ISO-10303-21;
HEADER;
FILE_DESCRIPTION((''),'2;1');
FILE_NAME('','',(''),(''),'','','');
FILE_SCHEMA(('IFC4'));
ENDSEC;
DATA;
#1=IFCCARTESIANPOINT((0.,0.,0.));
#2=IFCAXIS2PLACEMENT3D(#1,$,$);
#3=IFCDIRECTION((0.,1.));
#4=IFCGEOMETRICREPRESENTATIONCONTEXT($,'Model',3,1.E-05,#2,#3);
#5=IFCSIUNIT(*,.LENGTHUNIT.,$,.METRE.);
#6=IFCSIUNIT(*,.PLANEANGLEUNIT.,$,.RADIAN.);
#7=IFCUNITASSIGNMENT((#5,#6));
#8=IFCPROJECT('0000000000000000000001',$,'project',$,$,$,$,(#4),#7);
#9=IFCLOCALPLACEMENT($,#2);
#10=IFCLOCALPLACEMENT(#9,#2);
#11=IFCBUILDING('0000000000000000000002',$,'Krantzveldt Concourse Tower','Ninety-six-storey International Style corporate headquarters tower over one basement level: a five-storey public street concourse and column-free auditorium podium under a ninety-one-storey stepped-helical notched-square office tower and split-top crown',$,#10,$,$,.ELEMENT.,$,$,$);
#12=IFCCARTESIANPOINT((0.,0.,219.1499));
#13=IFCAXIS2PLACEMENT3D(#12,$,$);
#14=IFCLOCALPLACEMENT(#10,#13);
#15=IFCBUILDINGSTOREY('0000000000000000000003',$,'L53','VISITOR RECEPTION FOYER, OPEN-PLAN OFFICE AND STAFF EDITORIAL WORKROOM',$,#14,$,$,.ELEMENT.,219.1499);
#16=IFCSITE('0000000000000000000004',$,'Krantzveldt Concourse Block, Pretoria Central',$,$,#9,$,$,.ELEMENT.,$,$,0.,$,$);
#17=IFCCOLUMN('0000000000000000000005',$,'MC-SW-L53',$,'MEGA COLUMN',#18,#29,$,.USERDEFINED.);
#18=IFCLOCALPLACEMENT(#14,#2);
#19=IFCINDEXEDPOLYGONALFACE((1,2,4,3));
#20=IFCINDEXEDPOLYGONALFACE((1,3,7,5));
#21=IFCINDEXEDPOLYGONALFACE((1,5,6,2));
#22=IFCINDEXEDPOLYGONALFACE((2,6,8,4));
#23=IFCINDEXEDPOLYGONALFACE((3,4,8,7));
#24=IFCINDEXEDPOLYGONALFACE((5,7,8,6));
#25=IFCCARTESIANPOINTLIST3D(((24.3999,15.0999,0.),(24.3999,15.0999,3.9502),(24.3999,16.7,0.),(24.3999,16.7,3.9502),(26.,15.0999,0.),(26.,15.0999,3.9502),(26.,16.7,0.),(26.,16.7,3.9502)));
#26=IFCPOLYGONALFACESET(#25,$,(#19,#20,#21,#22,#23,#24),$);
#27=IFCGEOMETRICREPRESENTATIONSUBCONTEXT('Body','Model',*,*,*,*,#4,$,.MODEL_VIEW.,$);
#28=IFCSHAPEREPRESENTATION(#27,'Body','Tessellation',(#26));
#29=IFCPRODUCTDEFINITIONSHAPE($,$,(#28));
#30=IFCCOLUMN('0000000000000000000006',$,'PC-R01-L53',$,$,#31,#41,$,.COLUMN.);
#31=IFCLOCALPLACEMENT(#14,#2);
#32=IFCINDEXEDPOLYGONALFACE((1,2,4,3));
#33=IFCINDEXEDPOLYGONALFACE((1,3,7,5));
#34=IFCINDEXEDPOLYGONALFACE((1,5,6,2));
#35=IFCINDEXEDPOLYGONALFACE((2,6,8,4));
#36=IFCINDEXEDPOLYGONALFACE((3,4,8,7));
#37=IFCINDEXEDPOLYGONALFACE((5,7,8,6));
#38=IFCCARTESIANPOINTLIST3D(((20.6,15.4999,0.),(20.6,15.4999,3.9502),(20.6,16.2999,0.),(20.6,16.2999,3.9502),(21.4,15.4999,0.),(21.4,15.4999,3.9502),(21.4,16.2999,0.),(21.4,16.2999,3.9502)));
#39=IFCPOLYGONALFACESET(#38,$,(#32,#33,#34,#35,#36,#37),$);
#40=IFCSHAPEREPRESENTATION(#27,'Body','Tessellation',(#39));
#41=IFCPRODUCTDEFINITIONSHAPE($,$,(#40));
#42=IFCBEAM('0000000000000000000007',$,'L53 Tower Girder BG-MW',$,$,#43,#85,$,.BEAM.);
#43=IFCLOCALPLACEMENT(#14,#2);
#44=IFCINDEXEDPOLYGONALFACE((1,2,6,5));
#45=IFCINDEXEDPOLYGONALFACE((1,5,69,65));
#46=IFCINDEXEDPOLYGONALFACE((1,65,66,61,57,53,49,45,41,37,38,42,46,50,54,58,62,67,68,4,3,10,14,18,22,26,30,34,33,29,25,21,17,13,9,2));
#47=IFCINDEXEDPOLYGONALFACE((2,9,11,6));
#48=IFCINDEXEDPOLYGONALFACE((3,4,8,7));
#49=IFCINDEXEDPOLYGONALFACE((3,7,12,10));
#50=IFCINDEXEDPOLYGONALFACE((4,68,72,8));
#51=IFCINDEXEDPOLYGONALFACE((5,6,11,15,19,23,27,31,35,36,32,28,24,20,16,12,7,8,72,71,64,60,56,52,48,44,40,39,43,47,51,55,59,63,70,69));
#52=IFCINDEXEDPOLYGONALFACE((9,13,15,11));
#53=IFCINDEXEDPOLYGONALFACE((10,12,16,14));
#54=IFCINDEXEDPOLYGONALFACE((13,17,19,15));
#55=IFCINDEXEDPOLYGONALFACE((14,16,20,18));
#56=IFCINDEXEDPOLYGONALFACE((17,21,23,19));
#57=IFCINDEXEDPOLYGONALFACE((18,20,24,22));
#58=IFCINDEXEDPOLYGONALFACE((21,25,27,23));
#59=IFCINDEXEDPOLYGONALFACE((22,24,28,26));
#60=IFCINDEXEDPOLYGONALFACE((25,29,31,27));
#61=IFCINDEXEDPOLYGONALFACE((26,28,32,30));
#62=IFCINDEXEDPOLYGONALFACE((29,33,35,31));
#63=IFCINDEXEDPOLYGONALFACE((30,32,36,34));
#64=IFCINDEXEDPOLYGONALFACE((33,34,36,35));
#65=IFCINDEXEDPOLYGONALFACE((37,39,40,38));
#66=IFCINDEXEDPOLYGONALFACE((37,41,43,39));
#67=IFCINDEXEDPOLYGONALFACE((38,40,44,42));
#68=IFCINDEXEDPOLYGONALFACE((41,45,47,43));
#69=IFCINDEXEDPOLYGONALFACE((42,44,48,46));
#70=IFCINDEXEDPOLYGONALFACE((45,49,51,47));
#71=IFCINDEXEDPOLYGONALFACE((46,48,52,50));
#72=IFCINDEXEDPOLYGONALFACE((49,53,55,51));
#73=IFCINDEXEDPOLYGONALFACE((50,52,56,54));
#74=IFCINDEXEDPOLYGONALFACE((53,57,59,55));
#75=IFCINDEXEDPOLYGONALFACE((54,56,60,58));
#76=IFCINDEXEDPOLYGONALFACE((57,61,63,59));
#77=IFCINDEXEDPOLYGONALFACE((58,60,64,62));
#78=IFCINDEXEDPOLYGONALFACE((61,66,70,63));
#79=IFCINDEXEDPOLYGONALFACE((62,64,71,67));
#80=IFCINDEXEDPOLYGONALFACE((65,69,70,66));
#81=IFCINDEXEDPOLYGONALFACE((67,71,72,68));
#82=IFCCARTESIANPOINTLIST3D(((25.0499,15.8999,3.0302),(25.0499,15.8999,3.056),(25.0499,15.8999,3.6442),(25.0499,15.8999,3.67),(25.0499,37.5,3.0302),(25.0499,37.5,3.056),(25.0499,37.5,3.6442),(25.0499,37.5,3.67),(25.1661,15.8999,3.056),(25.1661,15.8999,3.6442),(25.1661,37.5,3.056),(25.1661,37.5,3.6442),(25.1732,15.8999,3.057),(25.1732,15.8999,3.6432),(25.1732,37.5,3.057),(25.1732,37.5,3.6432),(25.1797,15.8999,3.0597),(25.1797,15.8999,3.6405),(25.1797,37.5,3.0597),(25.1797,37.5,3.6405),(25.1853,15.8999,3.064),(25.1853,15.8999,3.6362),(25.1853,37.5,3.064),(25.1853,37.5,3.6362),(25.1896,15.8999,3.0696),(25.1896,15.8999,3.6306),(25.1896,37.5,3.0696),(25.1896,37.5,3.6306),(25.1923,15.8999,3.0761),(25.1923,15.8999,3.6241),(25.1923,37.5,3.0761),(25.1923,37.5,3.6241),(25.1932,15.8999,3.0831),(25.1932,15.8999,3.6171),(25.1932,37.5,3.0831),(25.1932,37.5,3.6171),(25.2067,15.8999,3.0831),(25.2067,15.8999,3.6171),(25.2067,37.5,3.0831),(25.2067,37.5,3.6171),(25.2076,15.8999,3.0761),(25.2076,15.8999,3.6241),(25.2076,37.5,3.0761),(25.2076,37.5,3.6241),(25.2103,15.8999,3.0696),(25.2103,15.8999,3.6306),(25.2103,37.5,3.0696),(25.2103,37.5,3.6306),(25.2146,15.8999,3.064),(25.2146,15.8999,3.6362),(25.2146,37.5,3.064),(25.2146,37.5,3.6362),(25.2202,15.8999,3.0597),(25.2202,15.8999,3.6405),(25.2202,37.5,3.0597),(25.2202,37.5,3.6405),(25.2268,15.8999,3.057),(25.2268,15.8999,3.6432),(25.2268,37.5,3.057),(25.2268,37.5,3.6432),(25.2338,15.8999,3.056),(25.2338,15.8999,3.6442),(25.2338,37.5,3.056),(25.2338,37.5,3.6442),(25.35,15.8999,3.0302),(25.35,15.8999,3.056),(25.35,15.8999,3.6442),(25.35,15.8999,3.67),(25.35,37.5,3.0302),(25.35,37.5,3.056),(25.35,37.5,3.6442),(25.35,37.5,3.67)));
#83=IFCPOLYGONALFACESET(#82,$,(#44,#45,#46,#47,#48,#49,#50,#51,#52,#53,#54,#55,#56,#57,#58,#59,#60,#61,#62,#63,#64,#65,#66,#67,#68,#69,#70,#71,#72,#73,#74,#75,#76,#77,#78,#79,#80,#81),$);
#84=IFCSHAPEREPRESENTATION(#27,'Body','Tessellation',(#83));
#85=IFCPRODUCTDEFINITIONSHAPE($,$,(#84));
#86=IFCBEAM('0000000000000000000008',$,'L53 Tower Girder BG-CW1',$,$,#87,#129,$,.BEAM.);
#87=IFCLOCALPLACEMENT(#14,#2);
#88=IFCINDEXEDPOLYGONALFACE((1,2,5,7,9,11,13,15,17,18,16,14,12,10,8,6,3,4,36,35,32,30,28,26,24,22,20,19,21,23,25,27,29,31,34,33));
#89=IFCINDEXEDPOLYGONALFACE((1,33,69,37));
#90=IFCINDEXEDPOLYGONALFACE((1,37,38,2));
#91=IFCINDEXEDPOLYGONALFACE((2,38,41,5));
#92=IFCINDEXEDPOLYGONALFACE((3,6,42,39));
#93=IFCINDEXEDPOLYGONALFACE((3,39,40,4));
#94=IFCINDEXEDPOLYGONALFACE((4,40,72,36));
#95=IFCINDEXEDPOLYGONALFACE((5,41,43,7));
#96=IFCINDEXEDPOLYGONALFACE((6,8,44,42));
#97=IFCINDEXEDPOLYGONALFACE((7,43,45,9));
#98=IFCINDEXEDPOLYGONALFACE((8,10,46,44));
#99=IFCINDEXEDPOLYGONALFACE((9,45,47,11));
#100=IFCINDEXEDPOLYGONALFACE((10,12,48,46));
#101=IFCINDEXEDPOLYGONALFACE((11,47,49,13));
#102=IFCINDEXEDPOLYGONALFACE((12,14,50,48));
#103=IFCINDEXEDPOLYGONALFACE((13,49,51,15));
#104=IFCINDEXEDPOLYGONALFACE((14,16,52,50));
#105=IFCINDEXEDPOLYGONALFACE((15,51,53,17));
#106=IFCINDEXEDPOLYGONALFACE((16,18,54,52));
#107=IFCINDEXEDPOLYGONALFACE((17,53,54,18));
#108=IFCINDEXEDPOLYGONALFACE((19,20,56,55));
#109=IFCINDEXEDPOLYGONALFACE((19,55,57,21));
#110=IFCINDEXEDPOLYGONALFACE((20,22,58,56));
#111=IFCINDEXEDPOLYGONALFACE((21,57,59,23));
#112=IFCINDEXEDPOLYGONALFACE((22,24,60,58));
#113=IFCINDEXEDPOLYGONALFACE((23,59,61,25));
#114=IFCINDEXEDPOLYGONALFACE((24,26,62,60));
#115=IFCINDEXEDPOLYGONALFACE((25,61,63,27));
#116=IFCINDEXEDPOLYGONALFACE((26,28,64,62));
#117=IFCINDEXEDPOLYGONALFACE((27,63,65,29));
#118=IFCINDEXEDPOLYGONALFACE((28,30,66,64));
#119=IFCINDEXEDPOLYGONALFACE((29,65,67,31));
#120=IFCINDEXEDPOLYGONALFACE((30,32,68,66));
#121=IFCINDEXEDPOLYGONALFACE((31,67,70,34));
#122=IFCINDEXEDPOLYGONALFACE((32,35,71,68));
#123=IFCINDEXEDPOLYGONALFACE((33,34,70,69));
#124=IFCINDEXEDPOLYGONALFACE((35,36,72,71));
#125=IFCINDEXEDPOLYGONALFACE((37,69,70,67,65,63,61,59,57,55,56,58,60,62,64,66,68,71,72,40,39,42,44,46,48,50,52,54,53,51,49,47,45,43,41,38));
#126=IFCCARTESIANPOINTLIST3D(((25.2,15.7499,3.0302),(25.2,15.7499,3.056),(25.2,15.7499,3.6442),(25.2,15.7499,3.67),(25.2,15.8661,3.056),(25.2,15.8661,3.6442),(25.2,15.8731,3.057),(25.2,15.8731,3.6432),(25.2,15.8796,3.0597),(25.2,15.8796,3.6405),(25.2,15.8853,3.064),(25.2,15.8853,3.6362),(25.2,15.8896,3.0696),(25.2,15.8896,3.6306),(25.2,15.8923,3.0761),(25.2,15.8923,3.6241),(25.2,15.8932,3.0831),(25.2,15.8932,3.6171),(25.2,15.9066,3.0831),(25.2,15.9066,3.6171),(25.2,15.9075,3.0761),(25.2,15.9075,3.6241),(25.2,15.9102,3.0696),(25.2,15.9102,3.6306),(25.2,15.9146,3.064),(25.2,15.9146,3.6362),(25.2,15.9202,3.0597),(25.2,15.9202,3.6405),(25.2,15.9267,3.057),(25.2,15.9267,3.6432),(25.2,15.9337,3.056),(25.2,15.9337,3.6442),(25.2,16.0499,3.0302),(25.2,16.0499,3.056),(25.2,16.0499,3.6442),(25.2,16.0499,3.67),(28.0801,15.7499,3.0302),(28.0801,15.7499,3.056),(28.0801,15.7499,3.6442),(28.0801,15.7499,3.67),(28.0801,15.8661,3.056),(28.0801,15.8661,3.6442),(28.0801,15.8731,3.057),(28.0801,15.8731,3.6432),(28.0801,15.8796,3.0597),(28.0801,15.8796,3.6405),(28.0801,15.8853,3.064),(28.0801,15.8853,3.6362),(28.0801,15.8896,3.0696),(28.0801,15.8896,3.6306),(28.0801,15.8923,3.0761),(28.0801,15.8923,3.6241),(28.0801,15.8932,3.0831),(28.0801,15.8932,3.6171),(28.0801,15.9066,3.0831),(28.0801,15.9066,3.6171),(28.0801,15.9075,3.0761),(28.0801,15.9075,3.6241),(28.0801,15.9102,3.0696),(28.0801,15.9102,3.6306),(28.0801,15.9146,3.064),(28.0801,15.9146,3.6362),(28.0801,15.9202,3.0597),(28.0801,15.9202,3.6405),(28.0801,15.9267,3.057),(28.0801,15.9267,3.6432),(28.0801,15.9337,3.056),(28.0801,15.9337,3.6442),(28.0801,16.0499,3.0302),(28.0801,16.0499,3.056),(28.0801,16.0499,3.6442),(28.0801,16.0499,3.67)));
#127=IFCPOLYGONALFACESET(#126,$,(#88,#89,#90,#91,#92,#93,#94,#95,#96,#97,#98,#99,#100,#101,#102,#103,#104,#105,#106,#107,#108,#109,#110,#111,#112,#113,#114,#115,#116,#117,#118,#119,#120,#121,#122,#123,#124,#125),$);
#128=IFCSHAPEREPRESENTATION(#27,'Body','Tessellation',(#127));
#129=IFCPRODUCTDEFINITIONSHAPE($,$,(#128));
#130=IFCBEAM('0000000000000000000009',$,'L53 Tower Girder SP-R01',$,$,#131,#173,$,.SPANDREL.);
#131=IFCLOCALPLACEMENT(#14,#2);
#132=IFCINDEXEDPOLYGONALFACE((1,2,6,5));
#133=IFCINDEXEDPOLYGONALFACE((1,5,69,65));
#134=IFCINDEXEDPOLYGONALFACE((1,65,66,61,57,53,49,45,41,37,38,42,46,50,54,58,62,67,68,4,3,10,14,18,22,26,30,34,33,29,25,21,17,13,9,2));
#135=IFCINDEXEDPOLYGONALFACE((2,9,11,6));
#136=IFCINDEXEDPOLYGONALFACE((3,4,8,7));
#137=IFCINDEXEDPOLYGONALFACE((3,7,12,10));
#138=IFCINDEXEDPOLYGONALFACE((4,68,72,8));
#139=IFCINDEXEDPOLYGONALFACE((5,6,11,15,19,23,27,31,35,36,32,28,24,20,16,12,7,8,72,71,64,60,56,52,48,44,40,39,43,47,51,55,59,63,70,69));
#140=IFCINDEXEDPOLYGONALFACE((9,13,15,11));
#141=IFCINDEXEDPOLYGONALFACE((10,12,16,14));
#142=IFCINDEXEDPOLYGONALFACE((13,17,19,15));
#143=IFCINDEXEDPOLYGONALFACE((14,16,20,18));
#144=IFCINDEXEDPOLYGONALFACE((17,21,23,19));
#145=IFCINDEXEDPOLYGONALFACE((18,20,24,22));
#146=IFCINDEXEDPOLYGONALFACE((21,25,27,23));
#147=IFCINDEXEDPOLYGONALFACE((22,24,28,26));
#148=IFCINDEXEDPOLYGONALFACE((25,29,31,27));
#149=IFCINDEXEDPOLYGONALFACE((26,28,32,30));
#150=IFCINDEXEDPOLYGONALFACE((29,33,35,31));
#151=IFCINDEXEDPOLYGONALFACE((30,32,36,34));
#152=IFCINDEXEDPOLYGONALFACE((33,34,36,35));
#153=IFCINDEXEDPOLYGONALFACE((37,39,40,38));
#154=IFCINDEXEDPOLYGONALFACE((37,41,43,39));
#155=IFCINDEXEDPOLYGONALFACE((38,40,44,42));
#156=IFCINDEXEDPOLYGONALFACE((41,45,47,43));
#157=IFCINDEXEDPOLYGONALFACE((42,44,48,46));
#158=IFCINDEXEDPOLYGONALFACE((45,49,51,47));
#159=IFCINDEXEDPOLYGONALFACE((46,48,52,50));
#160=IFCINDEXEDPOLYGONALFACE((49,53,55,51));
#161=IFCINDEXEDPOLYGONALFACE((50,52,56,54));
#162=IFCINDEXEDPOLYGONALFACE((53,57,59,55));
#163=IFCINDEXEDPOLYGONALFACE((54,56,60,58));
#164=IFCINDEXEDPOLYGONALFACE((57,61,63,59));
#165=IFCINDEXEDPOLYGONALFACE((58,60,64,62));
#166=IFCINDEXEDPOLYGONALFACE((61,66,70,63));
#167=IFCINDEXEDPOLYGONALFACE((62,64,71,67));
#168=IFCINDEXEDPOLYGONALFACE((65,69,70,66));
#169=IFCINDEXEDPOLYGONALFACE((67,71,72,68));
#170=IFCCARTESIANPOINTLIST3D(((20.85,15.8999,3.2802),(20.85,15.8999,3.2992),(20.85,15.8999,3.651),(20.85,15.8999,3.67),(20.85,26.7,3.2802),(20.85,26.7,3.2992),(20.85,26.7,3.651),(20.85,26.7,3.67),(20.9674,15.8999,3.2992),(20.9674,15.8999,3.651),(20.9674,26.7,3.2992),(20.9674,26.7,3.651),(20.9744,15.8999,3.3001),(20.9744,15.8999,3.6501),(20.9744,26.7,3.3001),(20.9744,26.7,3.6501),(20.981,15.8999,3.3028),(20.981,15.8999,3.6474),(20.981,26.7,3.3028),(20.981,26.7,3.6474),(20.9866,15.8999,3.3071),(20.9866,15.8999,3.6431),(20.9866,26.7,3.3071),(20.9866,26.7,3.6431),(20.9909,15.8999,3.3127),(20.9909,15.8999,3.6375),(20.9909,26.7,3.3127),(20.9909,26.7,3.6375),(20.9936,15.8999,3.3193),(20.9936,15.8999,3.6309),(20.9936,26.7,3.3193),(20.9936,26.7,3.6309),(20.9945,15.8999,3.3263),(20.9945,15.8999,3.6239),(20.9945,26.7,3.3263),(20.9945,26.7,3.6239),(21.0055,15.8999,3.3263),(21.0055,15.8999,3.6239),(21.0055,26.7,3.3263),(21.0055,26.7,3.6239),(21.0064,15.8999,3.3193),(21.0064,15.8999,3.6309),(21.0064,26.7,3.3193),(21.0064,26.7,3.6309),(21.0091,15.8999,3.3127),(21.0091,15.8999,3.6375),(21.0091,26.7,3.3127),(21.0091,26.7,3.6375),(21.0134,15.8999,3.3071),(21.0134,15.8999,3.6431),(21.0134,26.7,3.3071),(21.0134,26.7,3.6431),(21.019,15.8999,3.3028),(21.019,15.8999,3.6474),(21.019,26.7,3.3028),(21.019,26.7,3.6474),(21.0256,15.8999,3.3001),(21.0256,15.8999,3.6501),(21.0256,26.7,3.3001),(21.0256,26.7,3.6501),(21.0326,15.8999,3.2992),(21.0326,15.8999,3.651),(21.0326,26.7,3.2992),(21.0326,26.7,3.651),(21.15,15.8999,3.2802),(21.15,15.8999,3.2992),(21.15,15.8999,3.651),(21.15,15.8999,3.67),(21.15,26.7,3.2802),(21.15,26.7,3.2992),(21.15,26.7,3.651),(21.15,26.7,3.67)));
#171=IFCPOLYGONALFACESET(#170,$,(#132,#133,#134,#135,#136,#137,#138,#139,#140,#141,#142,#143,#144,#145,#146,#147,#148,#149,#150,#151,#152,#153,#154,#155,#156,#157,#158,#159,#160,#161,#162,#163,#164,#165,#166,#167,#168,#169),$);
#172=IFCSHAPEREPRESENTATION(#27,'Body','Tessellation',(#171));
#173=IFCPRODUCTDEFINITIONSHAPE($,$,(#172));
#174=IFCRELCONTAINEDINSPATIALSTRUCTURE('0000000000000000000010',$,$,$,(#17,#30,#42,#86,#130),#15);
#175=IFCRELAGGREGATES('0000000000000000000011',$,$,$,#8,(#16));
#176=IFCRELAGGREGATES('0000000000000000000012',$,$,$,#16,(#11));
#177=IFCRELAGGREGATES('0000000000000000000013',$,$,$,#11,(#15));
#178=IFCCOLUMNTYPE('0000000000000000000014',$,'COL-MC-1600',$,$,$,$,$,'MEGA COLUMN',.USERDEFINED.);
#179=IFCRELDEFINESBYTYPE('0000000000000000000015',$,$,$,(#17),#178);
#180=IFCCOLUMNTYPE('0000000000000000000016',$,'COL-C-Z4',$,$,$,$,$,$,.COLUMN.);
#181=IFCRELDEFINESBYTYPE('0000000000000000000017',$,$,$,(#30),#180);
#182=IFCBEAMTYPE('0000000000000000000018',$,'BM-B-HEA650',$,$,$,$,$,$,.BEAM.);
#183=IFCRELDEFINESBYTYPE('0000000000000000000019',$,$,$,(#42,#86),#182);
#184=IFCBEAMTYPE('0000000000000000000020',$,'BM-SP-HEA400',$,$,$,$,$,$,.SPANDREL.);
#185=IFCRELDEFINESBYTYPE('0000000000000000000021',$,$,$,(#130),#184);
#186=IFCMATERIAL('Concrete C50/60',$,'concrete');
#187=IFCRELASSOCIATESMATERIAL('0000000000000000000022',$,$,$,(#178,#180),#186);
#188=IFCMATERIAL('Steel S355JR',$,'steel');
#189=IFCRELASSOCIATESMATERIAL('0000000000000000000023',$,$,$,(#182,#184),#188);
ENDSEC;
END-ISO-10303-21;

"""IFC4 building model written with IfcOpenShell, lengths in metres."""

from ifc_helpers import new_model, si_unit, direction, frame, origin, origin_2d, place, context, subcontext, project, spatial, rectangle, i_section, extrude, source, transform, mapped, material, material_profile, profile_set, type_object, type_shapes, element, save


model = new_model("IFC4")

# Units and contexts
model_context = context("Model", 3, precision=1e-05, world=origin(), true_north=direction((0.0, 1.0)))
body_context = subcontext(model_context, "Body", "Model", "MODEL_VIEW")
ifc_project = project(units=[si_unit("LENGTHUNIT", "METRE"), si_unit("PLANEANGLEUNIT", "RADIAN")], contexts=[model_context])

# Site, building, storey
site_placement = place(None, origin())
site = spatial("IfcSite", under=ifc_project, at=site_placement, Name="Krantzveldt Concourse Block, Pretoria Central", CompositionType="ELEMENT", RefElevation=0.0)
building_placement = place(site_placement, origin())
building = spatial("IfcBuilding", under=site, at=building_placement, Name="Krantzveldt Concourse Tower", Description="Ninety-six-storey International Style corporate headquarters tower over one basement level: a five-storey public street concourse and column-free auditorium podium under a ninety-one-storey stepped-helical notched-square office tower and split-top crown", CompositionType="ELEMENT")
storey_placement = place(building_placement, frame((0.0, 0.0, 219.1499)))
storey = spatial("IfcBuildingStorey", under=building, at=storey_placement, Name="L53", Description="VISITOR RECEPTION FOYER, OPEN-PLAN OFFICE AND STAFF EDITORIAL WORKROOM", CompositionType="ELEMENT", Elevation=219.1499)

# Columns
ifc_material_1 = material(Name="Concrete C50/60", Category="concrete")
ifc_material_profile_1 = material_profile(ifc_material_1, rectangle(XDim=1.6001, YDim=1.6001, at=origin_2d()), Name="Concrete C50/60", Category="concrete")
ifc_profile_set_1 = profile_set([ifc_material_profile_1], Name="Concrete C50/60 - RC 1600x1600")
column_type_1 = type_object("IfcColumnType", Name="COL-MC-1600", ElementType="MEGA COLUMN", PredefinedType="USERDEFINED", material=ifc_profile_set_1)
shared_shape_1 = source(origin(), body_context, "Body", "SweptSolid", [
    extrude(rectangle(XDim=1.6001, YDim=1.6001, at=origin_2d()), origin(), (0.0, 0.0, 1.0), 3.9502),
])
type_shapes(column_type_1, [shared_shape_1])
column_1_placement = place(storey_placement, frame((25.2, 15.8999, 0.0), z_axis=(0.0, 0.0, 1.0), x_axis=(1.0, 0.0, 0.0)))
element("IfcColumn", 1, at=column_1_placement, inside=storey, type_object=column_type_1, Name="MC-SW-L53", ObjectType="MEGA COLUMN", PredefinedType="USERDEFINED", context=body_context, shape_type="MappedRepresentation", body=[
    mapped(shared_shape_1, transform((0.0, 0.0, 0.0), x_axis=(1.0, 0.0, 0.0), y_axis=(0.0, 1.0, 0.0), z_axis=(0.0, 0.0, 1.0), scale=1.0)),
])
ifc_material_profile_2 = material_profile(ifc_material_1, rectangle(XDim=0.8, YDim=0.8, at=origin_2d()), Name="Concrete C50/60", Category="concrete")
ifc_profile_set_2 = profile_set([ifc_material_profile_2], Name="Concrete C50/60 - RC 800x800")
column_type_2 = type_object("IfcColumnType", Name="COL-C-Z4", PredefinedType="COLUMN", material=ifc_profile_set_2)
shared_shape_2 = source(origin(), body_context, "Body", "SweptSolid", [
    extrude(rectangle(XDim=0.8, YDim=0.8, at=origin_2d()), origin(), (0.0, 0.0, 1.0), 3.9502),
])
type_shapes(column_type_2, [shared_shape_2])
column_2_placement = place(storey_placement, frame((21.0, 15.8999, 0.0), z_axis=(0.0, 0.0, 1.0), x_axis=(1.0, 0.0, 0.0)))
element("IfcColumn", 2, at=column_2_placement, inside=storey, type_object=column_type_2, Name="PC-R01-L53", PredefinedType="COLUMN", context=body_context, shape_type="MappedRepresentation", body=[
    mapped(shared_shape_2, transform((0.0, 0.0, 0.0), x_axis=(1.0, 0.0, 0.0), y_axis=(0.0, 1.0, 0.0), z_axis=(0.0, 0.0, 1.0), scale=1.0)),
])

# Beams
ifc_material_2 = material(Name="Steel S355JR", Category="steel")
ifc_material_profile_3 = material_profile(ifc_material_2, i_section(OverallWidth=0.3, OverallDepth=0.6399, WebThickness=0.0134, FlangeThickness=0.0259, FilletRadius=0.0271, at=origin_2d()), Name="Steel S355JR", Category="steel")
ifc_profile_set_3 = profile_set([ifc_material_profile_3], Name="Steel S355JR - HEA 650")
beam_type_1 = type_object("IfcBeamType", Name="BM-B-HEA650", PredefinedType="BEAM", material=ifc_profile_set_3)
shared_shape_3 = source(origin(), body_context, "Body", "SweptSolid", [
    extrude(i_section(OverallWidth=0.3, OverallDepth=0.6399, WebThickness=0.0134, FlangeThickness=0.0259, FilletRadius=0.0271, at=origin_2d()), origin(), (0.0, 0.0, 1.0), 21.6001),
])
beam_1_placement = place(storey_placement, frame((25.2, 15.8999, 3.3501), z_axis=(0.0, 1.0, 0.0), x_axis=(-1.0, 0.0, 0.0)))
element("IfcBeam", 3, at=beam_1_placement, inside=storey, type_object=beam_type_1, Name="L53 Tower Girder BG-MW", PredefinedType="BEAM", context=body_context, shape_type="MappedRepresentation", body=[
    mapped(shared_shape_3, transform((0.0, 0.0, 0.0), x_axis=(1.0, 0.0, 0.0), y_axis=(0.0, 1.0, 0.0), z_axis=(0.0, 0.0, 1.0), scale=1.0)),
])
shared_shape_4 = source(origin(), body_context, "Body", "SweptSolid", [
    extrude(i_section(OverallWidth=0.3, OverallDepth=0.6399, WebThickness=0.0134, FlangeThickness=0.0259, FilletRadius=0.0271, at=origin_2d()), origin(), (0.0, 0.0, 1.0), 2.8801),
])
type_shapes(beam_type_1, [shared_shape_3, shared_shape_4])
beam_2_placement = place(storey_placement, frame((25.2, 15.8999, 3.3501), z_axis=(1.0, 0.0, 0.0), x_axis=(0.0, 1.0, 0.0)))
element("IfcBeam", 4, at=beam_2_placement, inside=storey, type_object=beam_type_1, Name="L53 Tower Girder BG-CW1", PredefinedType="BEAM", context=body_context, shape_type="MappedRepresentation", body=[
    mapped(shared_shape_4, transform((0.0, 0.0, 0.0), x_axis=(1.0, 0.0, 0.0), y_axis=(0.0, 1.0, 0.0), z_axis=(0.0, 0.0, 1.0), scale=1.0)),
])
ifc_material_profile_4 = material_profile(ifc_material_2, i_section(OverallWidth=0.3, OverallDepth=0.3899, WebThickness=0.011, FlangeThickness=0.019, FilletRadius=0.0271, at=origin_2d()), Name="Steel S355JR", Category="steel")
ifc_profile_set_4 = profile_set([ifc_material_profile_4], Name="Steel S355JR - HEA 400")
beam_type_2 = type_object("IfcBeamType", Name="BM-SP-HEA400", PredefinedType="SPANDREL", material=ifc_profile_set_4)
shared_shape_5 = source(origin(), body_context, "Body", "SweptSolid", [
    extrude(i_section(OverallWidth=0.3, OverallDepth=0.3899, WebThickness=0.011, FlangeThickness=0.019, FilletRadius=0.0271, at=origin_2d()), origin(), (0.0, 0.0, 1.0), 10.8),
])
type_shapes(beam_type_2, [shared_shape_5])
beam_3_placement = place(storey_placement, frame((21.0, 15.8999, 3.4751), z_axis=(0.0, 1.0, 0.0), x_axis=(-1.0, 0.0, 0.0)))
element("IfcBeam", 5, at=beam_3_placement, inside=storey, type_object=beam_type_2, Name="L53 Tower Girder SP-R01", PredefinedType="SPANDREL", context=body_context, shape_type="MappedRepresentation", body=[
    mapped(shared_shape_5, transform((0.0, 0.0, 0.0), x_axis=(1.0, 0.0, 0.0), y_axis=(0.0, 1.0, 0.0), z_axis=(0.0, 0.0, 1.0), scale=1.0)),
])

save(model, "model.ifc")
